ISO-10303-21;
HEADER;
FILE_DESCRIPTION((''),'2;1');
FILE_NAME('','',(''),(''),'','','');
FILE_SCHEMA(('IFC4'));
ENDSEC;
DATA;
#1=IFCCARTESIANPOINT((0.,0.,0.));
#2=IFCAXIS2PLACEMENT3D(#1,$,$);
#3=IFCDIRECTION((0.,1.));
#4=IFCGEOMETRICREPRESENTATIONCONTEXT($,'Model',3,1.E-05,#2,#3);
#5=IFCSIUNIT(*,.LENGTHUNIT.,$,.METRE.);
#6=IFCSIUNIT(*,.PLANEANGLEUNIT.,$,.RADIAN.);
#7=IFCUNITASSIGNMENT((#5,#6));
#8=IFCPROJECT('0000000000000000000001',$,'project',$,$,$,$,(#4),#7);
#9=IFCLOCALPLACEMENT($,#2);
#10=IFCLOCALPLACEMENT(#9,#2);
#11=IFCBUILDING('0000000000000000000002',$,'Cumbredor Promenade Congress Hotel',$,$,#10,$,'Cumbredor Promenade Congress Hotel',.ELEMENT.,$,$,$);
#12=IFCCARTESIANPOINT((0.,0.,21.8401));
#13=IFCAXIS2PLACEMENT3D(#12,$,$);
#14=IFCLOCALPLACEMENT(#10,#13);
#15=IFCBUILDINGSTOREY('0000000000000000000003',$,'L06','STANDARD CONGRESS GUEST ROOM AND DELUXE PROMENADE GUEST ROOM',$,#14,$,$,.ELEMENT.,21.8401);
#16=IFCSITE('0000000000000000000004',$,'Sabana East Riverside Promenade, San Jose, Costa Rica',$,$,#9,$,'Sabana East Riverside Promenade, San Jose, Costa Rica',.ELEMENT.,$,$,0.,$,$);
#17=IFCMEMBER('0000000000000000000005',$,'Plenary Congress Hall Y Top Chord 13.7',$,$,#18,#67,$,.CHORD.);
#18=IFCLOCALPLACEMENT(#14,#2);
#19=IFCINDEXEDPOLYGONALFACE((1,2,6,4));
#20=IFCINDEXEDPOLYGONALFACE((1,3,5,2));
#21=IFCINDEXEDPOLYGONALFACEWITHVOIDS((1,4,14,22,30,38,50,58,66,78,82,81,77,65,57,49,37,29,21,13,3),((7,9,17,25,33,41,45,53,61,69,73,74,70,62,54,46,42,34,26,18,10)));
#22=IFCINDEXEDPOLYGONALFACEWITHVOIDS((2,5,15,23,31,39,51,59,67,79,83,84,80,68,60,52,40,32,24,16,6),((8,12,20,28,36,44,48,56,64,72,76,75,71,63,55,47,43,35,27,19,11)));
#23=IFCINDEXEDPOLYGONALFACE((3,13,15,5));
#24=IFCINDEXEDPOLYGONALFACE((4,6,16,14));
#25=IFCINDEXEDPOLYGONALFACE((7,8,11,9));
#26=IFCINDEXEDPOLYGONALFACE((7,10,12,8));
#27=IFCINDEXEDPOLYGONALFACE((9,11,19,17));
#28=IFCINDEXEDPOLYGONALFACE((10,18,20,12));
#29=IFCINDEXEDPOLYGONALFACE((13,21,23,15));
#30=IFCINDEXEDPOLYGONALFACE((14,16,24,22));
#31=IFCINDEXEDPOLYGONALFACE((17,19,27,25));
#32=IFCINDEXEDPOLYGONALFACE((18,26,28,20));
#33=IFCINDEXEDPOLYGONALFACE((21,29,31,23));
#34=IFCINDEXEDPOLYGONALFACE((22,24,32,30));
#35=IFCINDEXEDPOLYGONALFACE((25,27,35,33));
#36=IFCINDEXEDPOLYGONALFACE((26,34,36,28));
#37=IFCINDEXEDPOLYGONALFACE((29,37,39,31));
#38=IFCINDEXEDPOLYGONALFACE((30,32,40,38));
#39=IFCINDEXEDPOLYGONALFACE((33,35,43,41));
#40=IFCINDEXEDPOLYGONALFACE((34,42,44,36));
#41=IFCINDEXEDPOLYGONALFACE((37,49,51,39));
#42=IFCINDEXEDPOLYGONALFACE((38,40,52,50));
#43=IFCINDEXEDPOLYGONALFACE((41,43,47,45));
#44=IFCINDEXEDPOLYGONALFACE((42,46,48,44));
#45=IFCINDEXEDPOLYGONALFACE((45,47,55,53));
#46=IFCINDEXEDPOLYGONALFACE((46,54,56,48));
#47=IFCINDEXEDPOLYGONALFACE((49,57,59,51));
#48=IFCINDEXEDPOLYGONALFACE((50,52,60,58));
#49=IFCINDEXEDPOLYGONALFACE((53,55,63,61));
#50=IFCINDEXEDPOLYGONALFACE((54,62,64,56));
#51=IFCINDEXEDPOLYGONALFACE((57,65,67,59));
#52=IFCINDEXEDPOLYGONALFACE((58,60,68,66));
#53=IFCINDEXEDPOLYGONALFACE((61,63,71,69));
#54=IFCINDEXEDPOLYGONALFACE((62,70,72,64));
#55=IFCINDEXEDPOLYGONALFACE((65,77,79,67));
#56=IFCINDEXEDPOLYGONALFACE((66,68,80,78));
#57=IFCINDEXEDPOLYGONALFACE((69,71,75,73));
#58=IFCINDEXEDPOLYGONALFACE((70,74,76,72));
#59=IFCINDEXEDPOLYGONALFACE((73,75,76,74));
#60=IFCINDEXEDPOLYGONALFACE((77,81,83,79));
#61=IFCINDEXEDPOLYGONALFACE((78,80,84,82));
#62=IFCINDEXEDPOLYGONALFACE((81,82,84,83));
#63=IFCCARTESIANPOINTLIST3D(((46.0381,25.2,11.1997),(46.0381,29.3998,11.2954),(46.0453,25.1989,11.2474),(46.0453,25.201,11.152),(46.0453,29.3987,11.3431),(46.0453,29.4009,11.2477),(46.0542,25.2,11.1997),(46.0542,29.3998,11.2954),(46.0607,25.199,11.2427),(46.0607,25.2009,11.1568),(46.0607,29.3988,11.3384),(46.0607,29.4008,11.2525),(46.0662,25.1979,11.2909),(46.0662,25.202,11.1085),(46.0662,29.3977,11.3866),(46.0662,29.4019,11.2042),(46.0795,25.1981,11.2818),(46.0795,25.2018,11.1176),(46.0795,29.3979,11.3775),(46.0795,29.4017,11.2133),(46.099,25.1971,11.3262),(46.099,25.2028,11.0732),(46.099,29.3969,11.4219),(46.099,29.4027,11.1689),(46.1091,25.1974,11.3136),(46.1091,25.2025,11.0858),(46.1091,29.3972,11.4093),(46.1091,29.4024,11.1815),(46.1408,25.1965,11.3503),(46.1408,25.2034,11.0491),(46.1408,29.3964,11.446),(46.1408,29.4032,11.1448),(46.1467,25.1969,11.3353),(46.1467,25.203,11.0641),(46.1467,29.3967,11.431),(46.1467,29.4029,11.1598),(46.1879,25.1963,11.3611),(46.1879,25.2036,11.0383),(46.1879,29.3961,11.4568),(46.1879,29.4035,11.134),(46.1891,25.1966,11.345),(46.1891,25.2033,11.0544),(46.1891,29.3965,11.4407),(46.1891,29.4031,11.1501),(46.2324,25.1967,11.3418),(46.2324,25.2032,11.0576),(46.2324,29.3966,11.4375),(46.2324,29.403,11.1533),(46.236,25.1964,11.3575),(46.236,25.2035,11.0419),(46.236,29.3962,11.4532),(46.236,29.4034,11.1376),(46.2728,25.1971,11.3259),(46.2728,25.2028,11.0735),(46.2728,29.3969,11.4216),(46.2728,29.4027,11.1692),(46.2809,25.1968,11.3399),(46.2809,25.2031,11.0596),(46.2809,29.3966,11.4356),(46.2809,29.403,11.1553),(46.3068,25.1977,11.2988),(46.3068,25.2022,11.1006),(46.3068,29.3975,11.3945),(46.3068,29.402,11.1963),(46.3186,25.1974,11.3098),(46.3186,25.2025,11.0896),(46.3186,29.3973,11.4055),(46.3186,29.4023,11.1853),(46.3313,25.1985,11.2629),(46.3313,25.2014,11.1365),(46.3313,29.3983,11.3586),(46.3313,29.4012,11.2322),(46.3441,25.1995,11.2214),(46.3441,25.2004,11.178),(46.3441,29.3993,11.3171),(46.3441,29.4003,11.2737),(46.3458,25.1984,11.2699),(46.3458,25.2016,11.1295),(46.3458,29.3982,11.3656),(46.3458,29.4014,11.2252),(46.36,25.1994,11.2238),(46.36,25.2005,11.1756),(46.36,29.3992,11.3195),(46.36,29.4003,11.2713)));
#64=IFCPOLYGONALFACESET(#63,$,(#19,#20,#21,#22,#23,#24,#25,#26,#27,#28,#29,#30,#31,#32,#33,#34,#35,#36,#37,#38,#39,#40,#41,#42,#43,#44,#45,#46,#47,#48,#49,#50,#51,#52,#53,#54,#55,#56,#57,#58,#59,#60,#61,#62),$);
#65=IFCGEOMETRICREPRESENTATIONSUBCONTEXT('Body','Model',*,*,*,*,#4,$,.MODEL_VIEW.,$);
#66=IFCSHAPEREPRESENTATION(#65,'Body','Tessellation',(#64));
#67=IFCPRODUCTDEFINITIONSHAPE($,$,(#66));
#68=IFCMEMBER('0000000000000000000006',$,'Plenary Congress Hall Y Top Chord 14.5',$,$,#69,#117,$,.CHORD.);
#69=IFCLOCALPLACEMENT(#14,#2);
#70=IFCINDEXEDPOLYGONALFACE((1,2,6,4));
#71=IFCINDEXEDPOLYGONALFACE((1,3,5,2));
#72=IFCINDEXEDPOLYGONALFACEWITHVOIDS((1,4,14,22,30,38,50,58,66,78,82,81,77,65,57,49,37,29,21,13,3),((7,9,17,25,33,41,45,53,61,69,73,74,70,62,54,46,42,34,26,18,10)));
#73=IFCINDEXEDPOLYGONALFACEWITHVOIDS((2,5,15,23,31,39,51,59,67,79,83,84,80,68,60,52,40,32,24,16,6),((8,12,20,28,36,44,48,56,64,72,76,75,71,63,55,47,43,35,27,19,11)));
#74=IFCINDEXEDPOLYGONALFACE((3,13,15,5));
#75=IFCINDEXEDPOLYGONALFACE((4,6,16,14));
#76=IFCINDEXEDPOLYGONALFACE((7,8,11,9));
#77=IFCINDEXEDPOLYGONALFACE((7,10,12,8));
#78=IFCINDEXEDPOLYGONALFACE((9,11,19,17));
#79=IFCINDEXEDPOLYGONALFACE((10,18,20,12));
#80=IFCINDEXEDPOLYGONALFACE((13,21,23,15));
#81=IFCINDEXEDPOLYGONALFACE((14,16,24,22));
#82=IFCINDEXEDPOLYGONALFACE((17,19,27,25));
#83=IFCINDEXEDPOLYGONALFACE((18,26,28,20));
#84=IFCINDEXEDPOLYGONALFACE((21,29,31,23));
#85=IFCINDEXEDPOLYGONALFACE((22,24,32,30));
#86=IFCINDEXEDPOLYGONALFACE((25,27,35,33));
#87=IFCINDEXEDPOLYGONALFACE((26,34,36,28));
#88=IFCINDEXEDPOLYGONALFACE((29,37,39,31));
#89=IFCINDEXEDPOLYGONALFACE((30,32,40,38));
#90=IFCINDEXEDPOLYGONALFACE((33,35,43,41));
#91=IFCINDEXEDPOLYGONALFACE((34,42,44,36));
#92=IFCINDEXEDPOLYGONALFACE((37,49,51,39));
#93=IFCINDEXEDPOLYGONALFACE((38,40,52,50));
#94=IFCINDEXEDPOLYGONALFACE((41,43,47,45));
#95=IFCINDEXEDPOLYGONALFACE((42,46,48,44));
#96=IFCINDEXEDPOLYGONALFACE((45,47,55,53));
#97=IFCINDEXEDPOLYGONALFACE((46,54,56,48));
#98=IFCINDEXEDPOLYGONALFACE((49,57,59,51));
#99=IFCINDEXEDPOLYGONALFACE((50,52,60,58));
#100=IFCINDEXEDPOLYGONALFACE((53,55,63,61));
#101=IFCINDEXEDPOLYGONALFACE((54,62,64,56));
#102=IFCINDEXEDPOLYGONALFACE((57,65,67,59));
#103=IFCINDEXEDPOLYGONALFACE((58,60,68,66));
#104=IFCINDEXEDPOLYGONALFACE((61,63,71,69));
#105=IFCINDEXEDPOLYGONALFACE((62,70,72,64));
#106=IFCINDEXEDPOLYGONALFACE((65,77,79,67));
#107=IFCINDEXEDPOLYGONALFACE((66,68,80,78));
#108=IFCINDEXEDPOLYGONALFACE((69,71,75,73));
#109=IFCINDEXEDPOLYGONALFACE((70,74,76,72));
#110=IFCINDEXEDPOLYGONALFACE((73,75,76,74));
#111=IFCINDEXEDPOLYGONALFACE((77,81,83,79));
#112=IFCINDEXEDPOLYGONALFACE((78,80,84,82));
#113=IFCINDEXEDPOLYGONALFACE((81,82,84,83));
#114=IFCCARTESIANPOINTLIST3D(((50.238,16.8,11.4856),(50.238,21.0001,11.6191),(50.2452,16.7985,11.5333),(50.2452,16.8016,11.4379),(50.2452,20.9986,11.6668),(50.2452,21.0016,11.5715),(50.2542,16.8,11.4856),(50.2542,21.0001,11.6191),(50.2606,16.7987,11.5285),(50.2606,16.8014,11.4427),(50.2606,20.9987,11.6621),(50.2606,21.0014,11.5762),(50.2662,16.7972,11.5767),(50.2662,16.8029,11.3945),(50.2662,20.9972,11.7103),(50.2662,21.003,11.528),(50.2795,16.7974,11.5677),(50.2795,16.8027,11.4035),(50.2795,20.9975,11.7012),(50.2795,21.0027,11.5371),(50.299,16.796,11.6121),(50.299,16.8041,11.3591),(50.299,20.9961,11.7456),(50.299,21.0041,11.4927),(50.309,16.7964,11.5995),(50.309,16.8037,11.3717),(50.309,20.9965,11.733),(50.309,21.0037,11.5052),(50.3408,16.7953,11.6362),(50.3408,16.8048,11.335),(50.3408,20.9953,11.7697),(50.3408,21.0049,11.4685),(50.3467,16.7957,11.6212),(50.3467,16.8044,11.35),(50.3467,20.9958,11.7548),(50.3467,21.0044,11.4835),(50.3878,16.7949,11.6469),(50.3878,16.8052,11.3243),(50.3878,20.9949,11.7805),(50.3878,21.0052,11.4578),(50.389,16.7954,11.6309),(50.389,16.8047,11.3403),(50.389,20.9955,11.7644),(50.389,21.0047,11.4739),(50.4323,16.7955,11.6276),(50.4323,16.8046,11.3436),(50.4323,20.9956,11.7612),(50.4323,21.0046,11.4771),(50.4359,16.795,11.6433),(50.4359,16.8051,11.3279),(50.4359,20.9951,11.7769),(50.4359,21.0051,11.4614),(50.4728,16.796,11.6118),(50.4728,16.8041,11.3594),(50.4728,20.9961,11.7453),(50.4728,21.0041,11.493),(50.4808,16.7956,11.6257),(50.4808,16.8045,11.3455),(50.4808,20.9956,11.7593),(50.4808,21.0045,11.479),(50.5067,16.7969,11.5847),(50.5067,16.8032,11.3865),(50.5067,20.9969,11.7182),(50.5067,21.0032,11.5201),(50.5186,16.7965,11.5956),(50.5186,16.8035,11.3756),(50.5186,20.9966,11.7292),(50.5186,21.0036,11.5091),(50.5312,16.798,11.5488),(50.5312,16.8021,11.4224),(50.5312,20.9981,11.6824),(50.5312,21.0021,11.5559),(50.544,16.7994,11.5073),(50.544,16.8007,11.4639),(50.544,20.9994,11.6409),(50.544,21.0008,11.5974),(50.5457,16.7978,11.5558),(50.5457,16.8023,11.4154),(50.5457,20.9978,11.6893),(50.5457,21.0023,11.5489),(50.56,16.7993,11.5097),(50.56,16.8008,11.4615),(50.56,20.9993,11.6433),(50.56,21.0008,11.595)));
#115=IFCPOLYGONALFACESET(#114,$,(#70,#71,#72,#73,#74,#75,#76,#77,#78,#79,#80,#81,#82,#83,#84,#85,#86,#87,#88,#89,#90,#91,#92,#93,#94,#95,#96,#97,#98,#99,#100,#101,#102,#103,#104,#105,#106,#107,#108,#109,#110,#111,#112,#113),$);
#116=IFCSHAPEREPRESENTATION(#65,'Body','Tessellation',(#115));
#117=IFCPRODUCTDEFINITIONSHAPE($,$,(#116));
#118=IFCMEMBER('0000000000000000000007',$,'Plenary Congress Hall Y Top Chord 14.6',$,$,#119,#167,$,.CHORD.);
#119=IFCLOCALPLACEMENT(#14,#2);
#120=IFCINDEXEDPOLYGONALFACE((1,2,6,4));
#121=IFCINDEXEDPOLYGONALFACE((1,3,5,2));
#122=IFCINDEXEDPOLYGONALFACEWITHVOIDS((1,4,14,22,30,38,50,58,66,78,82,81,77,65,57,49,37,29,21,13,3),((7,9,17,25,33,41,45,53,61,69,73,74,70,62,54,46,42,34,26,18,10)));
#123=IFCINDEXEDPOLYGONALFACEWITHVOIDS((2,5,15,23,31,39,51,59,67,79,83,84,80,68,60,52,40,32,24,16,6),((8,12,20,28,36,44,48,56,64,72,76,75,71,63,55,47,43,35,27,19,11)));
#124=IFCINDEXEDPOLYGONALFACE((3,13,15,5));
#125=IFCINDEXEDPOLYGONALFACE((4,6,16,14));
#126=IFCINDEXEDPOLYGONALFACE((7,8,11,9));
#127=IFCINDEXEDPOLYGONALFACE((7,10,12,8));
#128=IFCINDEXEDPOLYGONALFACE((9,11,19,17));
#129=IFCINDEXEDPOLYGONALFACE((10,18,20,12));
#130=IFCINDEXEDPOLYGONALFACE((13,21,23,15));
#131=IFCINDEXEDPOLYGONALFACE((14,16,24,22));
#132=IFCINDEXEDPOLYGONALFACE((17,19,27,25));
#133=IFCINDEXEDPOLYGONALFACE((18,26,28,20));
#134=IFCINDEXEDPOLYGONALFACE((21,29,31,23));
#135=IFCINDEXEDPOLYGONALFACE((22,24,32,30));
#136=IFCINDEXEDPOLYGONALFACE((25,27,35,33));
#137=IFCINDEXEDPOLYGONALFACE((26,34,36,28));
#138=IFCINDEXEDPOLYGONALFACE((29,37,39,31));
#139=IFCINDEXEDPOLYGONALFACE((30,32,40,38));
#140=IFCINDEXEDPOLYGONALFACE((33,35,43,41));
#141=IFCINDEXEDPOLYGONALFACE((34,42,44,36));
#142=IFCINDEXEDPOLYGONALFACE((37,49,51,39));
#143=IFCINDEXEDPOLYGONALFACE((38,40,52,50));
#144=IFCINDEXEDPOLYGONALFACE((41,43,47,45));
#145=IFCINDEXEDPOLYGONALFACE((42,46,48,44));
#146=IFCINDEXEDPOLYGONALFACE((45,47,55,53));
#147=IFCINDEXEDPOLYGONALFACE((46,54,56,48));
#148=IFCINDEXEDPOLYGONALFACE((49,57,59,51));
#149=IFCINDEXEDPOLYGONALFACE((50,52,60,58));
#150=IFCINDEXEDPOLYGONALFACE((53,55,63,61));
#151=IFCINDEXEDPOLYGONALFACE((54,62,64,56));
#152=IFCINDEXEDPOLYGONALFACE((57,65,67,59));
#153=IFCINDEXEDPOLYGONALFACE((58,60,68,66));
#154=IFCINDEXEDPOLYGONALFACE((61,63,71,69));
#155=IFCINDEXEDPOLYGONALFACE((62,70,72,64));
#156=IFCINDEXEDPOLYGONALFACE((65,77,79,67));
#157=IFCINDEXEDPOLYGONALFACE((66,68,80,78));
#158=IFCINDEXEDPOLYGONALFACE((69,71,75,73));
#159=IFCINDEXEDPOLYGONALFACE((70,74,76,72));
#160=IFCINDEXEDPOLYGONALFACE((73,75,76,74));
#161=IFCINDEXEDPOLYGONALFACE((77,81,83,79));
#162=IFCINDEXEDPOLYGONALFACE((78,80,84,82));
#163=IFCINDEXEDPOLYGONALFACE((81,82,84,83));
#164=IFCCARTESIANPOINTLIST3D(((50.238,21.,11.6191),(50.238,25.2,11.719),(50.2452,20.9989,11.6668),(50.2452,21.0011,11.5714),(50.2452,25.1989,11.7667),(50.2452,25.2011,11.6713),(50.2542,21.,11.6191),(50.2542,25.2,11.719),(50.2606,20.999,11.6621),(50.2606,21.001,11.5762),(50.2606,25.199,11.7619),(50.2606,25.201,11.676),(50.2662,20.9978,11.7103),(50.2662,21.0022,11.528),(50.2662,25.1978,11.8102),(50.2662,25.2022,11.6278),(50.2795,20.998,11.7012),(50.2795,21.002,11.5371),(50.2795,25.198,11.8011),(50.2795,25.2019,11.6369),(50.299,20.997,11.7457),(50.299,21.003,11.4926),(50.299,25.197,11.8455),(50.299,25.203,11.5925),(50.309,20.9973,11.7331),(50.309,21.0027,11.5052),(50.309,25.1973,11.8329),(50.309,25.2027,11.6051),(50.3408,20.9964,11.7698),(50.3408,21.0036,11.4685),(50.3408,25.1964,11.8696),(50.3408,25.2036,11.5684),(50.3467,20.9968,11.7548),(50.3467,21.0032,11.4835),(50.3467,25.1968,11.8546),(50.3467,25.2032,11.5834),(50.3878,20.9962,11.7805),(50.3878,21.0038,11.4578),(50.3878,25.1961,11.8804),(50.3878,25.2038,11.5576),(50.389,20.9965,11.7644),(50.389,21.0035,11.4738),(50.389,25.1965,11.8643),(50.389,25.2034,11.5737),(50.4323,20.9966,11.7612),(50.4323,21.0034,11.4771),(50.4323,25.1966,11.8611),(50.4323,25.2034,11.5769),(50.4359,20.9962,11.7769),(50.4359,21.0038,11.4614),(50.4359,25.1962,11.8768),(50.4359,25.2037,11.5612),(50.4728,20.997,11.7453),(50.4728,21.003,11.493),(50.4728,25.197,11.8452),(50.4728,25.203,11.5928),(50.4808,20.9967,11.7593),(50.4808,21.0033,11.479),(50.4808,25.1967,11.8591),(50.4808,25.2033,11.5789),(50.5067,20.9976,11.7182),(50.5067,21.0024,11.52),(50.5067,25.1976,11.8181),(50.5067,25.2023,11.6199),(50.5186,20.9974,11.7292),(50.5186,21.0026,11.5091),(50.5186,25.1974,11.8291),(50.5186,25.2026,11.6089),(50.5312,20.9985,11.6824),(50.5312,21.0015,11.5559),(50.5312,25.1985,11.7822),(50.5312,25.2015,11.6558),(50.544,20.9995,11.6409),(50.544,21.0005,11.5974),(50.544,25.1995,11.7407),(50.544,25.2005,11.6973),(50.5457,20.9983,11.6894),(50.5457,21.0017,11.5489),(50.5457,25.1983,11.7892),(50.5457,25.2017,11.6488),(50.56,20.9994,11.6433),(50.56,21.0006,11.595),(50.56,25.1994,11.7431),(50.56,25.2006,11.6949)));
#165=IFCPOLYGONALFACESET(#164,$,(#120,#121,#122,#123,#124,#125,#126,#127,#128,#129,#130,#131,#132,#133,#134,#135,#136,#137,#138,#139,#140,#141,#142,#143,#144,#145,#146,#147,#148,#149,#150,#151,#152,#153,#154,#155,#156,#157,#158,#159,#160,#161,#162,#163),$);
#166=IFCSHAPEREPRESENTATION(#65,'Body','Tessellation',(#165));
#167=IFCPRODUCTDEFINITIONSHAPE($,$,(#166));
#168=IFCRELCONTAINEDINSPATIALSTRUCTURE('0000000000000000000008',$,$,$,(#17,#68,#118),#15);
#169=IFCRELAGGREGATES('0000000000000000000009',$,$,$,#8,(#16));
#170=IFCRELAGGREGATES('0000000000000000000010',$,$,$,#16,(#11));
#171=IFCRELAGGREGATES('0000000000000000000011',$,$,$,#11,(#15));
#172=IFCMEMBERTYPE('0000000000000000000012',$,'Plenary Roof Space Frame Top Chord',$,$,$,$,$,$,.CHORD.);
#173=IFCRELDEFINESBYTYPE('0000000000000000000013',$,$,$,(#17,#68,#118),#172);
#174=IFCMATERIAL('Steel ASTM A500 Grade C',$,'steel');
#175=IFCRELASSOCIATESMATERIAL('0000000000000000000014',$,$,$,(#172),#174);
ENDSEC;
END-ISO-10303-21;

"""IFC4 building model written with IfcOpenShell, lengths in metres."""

from ifc_helpers import new_model, si_unit, direction, frame, origin, origin_2d, place, context, subcontext, project, spatial, hollow_circle, extrude, material, material_profile, profile_set, type_object, element, save


model = new_model("IFC4")

# Units and contexts
model_context = context("Model", 3, precision=1e-05, world=origin(), true_north=direction((0.0, 1.0)))
body_context = subcontext(model_context, "Body", "Model", "MODEL_VIEW")
ifc_project = project(units=[si_unit("LENGTHUNIT", "METRE"), si_unit("PLANEANGLEUNIT", "RADIAN")], contexts=[model_context])

# Site, building, storey
site_placement = place(None, origin())
site = spatial("IfcSite", under=ifc_project, at=site_placement, Name="Sabana East Riverside Promenade, San Jose, Costa Rica", LongName="Sabana East Riverside Promenade, San Jose, Costa Rica", CompositionType="ELEMENT", RefElevation=0.0)
building_placement = place(site_placement, origin())
building = spatial("IfcBuilding", under=site, at=building_placement, Name="Cumbredor Promenade Congress Hotel", LongName="Cumbredor Promenade Congress Hotel", CompositionType="ELEMENT")
storey_placement = place(building_placement, frame((0.0, 0.0, 21.8401)))
storey = spatial("IfcBuildingStorey", under=building, at=storey_placement, Name="L06", Description="STANDARD CONGRESS GUEST ROOM AND DELUXE PROMENADE GUEST ROOM", CompositionType="ELEMENT", Elevation=21.8401)

# Members
ifc_material_1 = material(Name="Steel ASTM A500 Grade C", Category="steel")
ifc_material_profile_1 = material_profile(ifc_material_1, hollow_circle(Radius=0.1619, WallThickness=0.0161, at=origin_2d()), Name="CHS 323.9x16")
ifc_profile_set_1 = profile_set([ifc_material_profile_1], Name="Steel ASTM A500 Grade C")
member_type_1 = type_object("IfcMemberType", Name="Plenary Roof Space Frame Top Chord", PredefinedType="CHORD", material=ifc_profile_set_1)
member_1_placement = place(storey_placement, frame((46.2, 25.2, 11.1997), z_axis=(0.0, 0.99974, 0.022781), x_axis=(-1.0, 0.0, 0.0)))
element("IfcMember", 1, at=member_1_placement, inside=storey, type_object=member_type_1, Name="Plenary Congress Hall Y Top Chord 13.7", PredefinedType="CHORD", context=body_context, shape_type="SweptSolid", body=[
    extrude(hollow_circle(Radius=0.1619, WallThickness=0.0161, at=origin_2d()), origin(), (0.0, 0.0, 1.0), 4.2009),
])
member_2_placement = place(storey_placement, frame((50.3999, 16.8, 11.4856), z_axis=(0.0, 0.999495, 0.031781), x_axis=(-1.0, 0.0, 0.0)))
element("IfcMember", 2, at=member_2_placement, inside=storey, type_object=member_type_1, Name="Plenary Congress Hall Y Top Chord 14.5", PredefinedType="CHORD", context=body_context, shape_type="SweptSolid", body=[
    extrude(hollow_circle(Radius=0.1619, WallThickness=0.0161, at=origin_2d()), origin(), (0.0, 0.0, 1.0), 4.2021),
])
member_3_placement = place(storey_placement, frame((50.3999, 21.0, 11.6191), z_axis=(0.0, 0.999717, 0.023768), x_axis=(-1.0, 0.0, 0.0)))
element("IfcMember", 3, at=member_3_placement, inside=storey, type_object=member_type_1, Name="Plenary Congress Hall Y Top Chord 14.6", PredefinedType="CHORD", context=body_context, shape_type="SweptSolid", body=[
    extrude(hollow_circle(Radius=0.1619, WallThickness=0.0161, at=origin_2d()), origin(), (0.0, 0.0, 1.0), 4.2012),
])

save(model, "model.ifc")
